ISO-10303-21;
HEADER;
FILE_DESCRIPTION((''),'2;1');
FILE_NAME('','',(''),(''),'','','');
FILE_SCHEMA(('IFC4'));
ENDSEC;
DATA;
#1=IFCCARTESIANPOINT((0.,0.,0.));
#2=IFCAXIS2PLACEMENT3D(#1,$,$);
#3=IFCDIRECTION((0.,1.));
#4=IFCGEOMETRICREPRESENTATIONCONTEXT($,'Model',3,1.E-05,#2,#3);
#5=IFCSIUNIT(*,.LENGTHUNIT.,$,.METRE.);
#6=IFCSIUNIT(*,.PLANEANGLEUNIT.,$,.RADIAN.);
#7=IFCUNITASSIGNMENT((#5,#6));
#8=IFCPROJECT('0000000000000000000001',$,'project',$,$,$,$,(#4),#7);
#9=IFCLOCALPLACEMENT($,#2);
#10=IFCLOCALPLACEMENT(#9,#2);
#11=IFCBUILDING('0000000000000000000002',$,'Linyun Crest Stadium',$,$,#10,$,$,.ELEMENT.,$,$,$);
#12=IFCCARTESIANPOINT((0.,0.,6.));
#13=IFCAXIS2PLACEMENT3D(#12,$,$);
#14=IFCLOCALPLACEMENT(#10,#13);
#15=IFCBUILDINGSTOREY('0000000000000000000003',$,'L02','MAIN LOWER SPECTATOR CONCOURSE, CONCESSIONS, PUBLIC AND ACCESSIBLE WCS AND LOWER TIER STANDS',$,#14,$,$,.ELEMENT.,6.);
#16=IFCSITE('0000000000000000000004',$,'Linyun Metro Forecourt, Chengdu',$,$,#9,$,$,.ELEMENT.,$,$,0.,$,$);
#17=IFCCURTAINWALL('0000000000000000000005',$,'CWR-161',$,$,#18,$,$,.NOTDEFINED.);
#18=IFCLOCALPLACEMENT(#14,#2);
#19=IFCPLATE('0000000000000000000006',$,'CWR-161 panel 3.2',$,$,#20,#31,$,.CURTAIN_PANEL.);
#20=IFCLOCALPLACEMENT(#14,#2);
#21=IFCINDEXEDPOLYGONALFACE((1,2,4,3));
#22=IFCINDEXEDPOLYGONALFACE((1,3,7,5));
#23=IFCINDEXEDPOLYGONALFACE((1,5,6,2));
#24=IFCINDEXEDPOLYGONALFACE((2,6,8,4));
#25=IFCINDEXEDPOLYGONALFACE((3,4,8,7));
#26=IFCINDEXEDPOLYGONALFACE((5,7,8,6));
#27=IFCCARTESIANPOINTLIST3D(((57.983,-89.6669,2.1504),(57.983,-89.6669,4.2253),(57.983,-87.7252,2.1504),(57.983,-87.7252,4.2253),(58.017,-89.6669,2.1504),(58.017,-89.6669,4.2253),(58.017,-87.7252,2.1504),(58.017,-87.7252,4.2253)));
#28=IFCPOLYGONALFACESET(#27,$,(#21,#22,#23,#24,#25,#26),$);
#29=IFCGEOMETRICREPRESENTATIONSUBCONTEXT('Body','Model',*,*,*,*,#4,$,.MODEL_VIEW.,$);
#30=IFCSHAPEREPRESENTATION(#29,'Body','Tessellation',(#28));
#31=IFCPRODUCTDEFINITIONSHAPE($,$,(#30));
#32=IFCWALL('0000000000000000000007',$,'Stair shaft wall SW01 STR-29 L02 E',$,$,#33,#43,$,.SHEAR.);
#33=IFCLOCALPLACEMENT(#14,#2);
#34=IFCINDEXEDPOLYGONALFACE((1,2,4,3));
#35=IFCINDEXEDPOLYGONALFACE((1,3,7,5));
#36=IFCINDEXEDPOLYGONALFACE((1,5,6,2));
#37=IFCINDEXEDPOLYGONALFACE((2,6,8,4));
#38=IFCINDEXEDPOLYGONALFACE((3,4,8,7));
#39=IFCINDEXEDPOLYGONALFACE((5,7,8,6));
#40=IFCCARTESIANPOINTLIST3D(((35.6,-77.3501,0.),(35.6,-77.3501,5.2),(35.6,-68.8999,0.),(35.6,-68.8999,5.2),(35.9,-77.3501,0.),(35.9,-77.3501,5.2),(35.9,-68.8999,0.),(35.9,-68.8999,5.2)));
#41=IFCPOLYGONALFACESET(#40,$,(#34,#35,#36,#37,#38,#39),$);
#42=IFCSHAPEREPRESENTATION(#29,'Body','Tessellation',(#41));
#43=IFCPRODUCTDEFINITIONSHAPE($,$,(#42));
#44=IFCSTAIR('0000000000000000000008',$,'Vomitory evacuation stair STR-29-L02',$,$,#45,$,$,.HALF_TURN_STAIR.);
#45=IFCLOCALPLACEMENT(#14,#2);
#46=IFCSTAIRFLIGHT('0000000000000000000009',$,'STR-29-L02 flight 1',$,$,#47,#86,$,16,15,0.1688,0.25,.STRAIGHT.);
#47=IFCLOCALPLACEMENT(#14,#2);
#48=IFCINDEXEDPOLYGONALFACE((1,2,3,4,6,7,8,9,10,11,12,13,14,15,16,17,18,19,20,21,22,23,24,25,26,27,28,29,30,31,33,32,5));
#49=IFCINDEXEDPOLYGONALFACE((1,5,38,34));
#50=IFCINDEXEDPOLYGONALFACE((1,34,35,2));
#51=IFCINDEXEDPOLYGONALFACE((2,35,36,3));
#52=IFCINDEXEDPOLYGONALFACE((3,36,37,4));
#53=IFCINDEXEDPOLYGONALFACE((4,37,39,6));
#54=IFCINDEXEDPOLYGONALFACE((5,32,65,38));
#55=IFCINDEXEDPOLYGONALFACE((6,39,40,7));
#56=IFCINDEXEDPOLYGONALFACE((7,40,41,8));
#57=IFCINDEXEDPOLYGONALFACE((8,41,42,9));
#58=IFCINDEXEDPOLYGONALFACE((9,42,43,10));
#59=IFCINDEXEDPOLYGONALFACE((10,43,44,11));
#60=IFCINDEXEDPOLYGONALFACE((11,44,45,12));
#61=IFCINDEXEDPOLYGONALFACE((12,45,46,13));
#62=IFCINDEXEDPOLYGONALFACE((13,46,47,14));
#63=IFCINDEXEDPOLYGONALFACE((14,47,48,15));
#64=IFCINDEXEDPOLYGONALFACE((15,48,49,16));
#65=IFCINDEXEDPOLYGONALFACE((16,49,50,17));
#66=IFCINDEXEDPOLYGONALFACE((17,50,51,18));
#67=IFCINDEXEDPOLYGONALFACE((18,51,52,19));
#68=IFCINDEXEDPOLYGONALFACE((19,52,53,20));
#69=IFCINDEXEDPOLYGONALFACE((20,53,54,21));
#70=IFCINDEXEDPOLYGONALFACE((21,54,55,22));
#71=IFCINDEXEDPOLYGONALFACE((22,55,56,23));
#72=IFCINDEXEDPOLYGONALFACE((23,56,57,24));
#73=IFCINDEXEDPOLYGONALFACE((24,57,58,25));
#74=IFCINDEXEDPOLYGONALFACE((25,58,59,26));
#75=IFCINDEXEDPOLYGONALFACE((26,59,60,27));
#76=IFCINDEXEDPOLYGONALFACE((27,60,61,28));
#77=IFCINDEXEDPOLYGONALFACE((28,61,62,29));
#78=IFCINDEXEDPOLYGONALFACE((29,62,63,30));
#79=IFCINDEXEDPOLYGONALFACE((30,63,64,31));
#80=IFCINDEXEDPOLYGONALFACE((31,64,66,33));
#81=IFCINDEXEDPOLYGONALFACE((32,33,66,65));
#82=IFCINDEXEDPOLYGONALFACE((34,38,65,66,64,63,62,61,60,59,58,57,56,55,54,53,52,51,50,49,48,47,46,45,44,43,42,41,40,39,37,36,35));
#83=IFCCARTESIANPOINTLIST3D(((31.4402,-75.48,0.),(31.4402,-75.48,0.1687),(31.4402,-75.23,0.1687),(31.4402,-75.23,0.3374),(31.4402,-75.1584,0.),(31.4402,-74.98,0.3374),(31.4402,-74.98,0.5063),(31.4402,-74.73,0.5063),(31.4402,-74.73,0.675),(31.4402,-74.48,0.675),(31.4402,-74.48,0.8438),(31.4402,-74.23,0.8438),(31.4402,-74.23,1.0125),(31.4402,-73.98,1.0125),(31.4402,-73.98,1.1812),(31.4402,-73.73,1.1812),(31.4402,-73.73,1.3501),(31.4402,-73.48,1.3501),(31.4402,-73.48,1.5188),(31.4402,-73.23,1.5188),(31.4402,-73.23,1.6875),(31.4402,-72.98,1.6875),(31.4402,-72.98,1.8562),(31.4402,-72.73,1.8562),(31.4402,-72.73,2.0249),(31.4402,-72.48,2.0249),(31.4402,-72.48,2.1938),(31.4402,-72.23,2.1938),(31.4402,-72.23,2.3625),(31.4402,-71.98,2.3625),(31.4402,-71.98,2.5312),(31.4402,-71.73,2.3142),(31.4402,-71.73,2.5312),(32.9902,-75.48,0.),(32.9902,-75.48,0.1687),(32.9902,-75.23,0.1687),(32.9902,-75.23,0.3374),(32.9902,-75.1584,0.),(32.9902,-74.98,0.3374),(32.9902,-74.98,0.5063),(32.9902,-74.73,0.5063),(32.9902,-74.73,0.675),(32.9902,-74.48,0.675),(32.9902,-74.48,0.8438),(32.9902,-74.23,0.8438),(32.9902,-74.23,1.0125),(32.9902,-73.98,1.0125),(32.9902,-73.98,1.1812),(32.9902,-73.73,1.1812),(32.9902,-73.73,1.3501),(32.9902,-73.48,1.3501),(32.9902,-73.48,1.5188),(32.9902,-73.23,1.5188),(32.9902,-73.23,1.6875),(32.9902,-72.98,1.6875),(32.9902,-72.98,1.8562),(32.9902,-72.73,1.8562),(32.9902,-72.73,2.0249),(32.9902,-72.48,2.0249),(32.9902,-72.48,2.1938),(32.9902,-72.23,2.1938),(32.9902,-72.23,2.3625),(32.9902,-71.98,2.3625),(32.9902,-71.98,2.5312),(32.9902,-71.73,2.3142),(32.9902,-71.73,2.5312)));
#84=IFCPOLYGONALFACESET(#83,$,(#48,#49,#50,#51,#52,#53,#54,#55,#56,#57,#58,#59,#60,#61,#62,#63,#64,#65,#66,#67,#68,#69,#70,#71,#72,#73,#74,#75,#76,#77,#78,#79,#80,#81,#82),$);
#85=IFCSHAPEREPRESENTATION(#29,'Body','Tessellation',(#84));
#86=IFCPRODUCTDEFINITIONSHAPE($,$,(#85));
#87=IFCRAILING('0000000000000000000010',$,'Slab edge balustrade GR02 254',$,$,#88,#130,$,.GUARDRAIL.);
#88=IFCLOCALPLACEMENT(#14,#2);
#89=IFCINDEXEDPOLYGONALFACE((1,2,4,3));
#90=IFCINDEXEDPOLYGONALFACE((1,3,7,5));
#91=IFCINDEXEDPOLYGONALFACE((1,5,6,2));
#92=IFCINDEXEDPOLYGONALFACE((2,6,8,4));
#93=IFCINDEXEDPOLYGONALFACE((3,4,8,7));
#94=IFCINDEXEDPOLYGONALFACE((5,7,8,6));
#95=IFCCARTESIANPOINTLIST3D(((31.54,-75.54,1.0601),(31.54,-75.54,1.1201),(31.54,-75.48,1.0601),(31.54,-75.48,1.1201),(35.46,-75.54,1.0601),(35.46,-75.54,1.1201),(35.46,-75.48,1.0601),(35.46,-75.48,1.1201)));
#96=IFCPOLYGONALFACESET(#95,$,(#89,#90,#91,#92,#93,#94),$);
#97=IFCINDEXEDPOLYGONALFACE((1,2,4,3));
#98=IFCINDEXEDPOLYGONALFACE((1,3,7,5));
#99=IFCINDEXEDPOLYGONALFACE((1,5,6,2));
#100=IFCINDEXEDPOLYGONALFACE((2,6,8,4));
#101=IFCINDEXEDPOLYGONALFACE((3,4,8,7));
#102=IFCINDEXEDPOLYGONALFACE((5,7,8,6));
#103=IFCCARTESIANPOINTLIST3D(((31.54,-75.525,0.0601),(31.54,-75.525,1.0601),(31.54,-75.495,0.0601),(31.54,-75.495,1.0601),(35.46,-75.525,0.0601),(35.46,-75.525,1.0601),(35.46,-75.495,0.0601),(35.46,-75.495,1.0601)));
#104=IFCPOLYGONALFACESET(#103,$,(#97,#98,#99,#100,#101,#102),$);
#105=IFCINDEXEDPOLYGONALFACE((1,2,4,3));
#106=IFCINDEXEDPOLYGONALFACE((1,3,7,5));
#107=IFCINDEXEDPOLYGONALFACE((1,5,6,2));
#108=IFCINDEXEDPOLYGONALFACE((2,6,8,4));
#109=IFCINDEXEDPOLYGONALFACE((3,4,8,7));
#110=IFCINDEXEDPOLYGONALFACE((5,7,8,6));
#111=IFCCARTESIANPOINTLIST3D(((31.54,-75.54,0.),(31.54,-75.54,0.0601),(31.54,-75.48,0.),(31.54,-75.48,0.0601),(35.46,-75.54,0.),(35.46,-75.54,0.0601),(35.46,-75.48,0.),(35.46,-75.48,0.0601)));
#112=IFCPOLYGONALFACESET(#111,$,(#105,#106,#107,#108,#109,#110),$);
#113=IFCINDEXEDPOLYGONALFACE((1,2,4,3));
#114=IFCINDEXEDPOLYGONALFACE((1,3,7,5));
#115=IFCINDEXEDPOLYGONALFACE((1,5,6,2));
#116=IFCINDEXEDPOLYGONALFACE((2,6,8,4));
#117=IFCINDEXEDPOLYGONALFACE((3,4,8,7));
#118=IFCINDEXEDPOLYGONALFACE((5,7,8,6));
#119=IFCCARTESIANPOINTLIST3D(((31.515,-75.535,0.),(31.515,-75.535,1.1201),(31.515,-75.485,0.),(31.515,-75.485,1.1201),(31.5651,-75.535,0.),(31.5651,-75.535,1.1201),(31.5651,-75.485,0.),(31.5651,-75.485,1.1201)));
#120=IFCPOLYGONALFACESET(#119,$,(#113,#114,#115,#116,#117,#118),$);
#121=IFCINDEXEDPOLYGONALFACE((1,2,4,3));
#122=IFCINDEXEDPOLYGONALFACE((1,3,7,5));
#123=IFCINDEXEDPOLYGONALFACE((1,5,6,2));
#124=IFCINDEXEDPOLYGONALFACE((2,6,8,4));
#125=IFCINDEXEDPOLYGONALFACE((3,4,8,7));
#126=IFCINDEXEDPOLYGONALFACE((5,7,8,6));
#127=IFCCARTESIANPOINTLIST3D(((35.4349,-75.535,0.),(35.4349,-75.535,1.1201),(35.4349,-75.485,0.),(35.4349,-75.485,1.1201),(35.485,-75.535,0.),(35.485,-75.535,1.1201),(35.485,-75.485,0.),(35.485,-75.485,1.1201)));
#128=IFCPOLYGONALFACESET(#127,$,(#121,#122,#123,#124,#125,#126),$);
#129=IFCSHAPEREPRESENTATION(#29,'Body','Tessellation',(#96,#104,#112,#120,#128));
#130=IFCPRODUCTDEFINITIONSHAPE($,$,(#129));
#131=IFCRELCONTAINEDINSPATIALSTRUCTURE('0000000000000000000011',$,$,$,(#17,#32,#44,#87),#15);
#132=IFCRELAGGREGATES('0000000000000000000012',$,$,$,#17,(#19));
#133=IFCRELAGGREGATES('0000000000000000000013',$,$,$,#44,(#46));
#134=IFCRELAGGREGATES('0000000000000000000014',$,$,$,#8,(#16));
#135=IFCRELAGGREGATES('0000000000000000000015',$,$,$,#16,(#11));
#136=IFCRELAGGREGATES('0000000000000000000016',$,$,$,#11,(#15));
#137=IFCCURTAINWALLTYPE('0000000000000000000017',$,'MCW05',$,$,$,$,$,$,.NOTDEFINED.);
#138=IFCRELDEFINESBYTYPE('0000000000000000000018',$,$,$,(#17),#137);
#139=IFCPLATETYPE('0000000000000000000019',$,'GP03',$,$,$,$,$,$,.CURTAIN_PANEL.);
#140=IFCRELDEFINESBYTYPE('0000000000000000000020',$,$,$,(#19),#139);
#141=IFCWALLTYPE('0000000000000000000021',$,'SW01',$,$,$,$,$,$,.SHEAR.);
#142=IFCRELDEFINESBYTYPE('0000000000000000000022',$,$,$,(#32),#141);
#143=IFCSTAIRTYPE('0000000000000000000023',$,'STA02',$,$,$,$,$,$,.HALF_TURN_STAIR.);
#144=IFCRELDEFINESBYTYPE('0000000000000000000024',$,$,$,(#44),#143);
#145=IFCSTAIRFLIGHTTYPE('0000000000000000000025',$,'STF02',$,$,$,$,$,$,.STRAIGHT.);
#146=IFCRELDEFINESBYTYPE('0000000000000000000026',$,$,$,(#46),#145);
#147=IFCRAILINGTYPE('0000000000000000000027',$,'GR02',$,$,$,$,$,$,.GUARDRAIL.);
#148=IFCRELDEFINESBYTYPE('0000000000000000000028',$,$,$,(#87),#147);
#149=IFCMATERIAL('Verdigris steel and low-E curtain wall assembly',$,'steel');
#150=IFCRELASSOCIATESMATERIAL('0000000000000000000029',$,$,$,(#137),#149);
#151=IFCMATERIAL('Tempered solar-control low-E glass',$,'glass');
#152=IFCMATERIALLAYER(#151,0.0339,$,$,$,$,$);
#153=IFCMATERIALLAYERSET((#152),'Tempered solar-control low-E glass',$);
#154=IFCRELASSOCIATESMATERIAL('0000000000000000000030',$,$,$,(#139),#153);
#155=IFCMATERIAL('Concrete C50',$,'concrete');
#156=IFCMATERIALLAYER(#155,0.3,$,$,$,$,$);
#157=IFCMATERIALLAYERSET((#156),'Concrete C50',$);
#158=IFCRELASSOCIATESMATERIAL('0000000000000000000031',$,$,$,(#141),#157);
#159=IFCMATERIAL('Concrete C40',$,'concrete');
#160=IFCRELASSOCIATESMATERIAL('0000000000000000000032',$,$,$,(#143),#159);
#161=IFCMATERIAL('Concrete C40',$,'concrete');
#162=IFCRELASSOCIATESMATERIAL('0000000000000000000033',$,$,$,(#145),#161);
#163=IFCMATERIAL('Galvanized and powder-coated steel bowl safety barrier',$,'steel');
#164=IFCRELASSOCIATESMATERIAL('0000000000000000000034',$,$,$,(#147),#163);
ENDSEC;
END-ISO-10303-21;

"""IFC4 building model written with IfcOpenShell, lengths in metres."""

from ifc_helpers import new_model, si_unit, direction, frame, frame_2d, origin, origin_2d, place, context, subcontext, project, spatial, polyline, rectangle, outline, extrude, material, layer, layer_set, type_object, element, aggregate, save


model = new_model("IFC4")

# Units and contexts
model_context = context("Model", 3, precision=1e-05, world=origin(), true_north=direction((0.0, 1.0)))
body_context = subcontext(model_context, "Body", "Model", "MODEL_VIEW")
ifc_project = project(units=[si_unit("LENGTHUNIT", "METRE"), si_unit("PLANEANGLEUNIT", "RADIAN")], contexts=[model_context])

# Site, building, storey
site_placement = place(None, origin())
site = spatial("IfcSite", under=ifc_project, at=site_placement, Name="Linyun Metro Forecourt, Chengdu", CompositionType="ELEMENT", RefElevation=0.0)
building_placement = place(site_placement, origin())
building = spatial("IfcBuilding", under=site, at=building_placement, Name="Linyun Crest Stadium", CompositionType="ELEMENT")
storey_placement = place(building_placement, frame((0.0, 0.0, 6.0)))
storey = spatial("IfcBuildingStorey", under=building, at=storey_placement, Name="L02", Description="MAIN LOWER SPECTATOR CONCOURSE, CONCESSIONS, PUBLIC AND ACCESSIBLE WCS AND LOWER TIER STANDS", CompositionType="ELEMENT", Elevation=6.0)

# Curtain wall, plate
ifc_material_1 = material(Name="Verdigris steel and low-E curtain wall assembly", Category="steel")
curtain_wall_type = type_object("IfcCurtainWallType", Name="MCW05", PredefinedType="NOTDEFINED", material=ifc_material_1)
curtain_wall_placement = place(storey_placement, origin())
curtain_wall = element("IfcCurtainWall", 1, at=curtain_wall_placement, inside=storey, type_object=curtain_wall_type, Name="CWR-161", PredefinedType="NOTDEFINED")
ifc_material_2 = material(Name="Tempered solar-control low-E glass", Category="glass")
ifc_layer_1 = layer(ifc_material_2, 0.0339)
ifc_layer_set_1 = layer_set([ifc_layer_1], Name="Tempered solar-control low-E glass")
plate_type = type_object("IfcPlateType", Name="GP03", PredefinedType="CURTAIN_PANEL", material=ifc_layer_set_1)
plate_1_placement = place(storey_placement, frame((58.0, -88.696, 2.1504), z_axis=(0.0, 0.0, 1.0), x_axis=(0.0, 1.0, 0.0)))
plate_1 = element("IfcPlate", 2, at=plate_1_placement, type_object=plate_type, Name="CWR-161 panel 3.2", PredefinedType="CURTAIN_PANEL", context=body_context, shape_type="SweptSolid", body=[
    extrude(rectangle(XDim=1.9417, YDim=0.0339, at=origin_2d()), origin(), (0.0, 0.0, 1.0), 2.075),
])
aggregate(curtain_wall, [plate_1])

# Wall
ifc_material_3 = material(Name="Concrete C50", Category="concrete")
ifc_layer_2 = layer(ifc_material_3, 0.3)
ifc_layer_set_2 = layer_set([ifc_layer_2], Name="Concrete C50")
wall_type = type_object("IfcWallType", Name="SW01", PredefinedType="SHEAR", material=ifc_layer_set_2)
wall_placement = place(storey_placement, frame((35.75, -77.3501, 0.0), z_axis=(0.0, 0.0, 1.0), x_axis=(0.0, 1.0, 0.0)))
element("IfcWall", 3, at=wall_placement, inside=storey, type_object=wall_type, Name="Stair shaft wall SW01 STR-29 L02 E", PredefinedType="SHEAR", context=body_context, shape_type="SweptSolid", body=[
    extrude(rectangle(XDim=8.4502, YDim=0.3, at=frame_2d((4.2251, 0.0))), origin(), (0.0, 0.0, 1.0), 5.2),
])

# Stair, stair flight
ifc_material_4 = material(Name="Concrete C40", Category="concrete")
stair_type = type_object("IfcStairType", Name="STA02", PredefinedType="HALF_TURN_STAIR", material=ifc_material_4)
stair_placement = place(storey_placement, origin())
stair = element("IfcStair", 4, at=stair_placement, inside=storey, type_object=stair_type, Name="Vomitory evacuation stair STR-29-L02", PredefinedType="HALF_TURN_STAIR")
ifc_material_5 = material(Name="Concrete C40", Category="concrete")
stair_flight_type = type_object("IfcStairFlightType", Name="STF02", PredefinedType="STRAIGHT", material=ifc_material_5)
stair_flight_placement = place(storey_placement, frame((32.2151, -75.48, 0.0), z_axis=(0.0, 0.0, 1.0), x_axis=(0.0, 1.0, 0.0)))
stair_flight = element("IfcStairFlight", 5, at=stair_flight_placement, type_object=stair_flight_type, Name="STR-29-L02 flight 1", NumberOfRisers=16, NumberOfTreads=15, PredefinedType="STRAIGHT", RiserHeight=0.1688, TreadLength=0.25, context=body_context, shape_type="SweptSolid", body=[
    extrude(outline(polyline([(0.0, 0.0), (0.0, 0.1687), (0.25, 0.1687), (0.25, 0.3374), (0.5, 0.3374), (0.5, 0.5063), (0.75, 0.5063), (0.75, 0.675), (1.0, 0.675), (1.0, 0.8438), (1.25, 0.8438), (1.25, 1.0125), (1.5, 1.0125), (1.5, 1.1812), (1.75, 1.1812), (1.75, 1.3501), (2.0, 1.3501), (2.0, 1.5188), (2.25, 1.5188), (2.25, 1.6875), (2.5, 1.6875), (2.5, 1.8562), (2.75, 1.8562), (2.75, 2.0249), (3.0, 2.0249), (3.0, 2.1938), (3.25, 2.1938), (3.25, 2.3625), (3.5, 2.3625), (3.5, 2.5312), (3.75, 2.5312), (3.75, 2.7), (3.75, 2.3142), (0.3215, 0.0), (0.0, 0.0)])), frame((0.0, 0.7749, 0.0), z_axis=(0.0, -1.0, 0.0), x_axis=(1.0, 0.0, 0.0)), (0.0, 0.0, 1.0), 1.55),
])
aggregate(stair, [stair_flight])

# Railing
ifc_material_6 = material(Name="Galvanized and powder-coated steel bowl safety barrier", Category="steel")
railing_type_1 = type_object("IfcRailingType", Name="GR02", PredefinedType="GUARDRAIL", material=ifc_material_6)
railing_1_placement = place(storey_placement, frame((31.54, -75.51, 0.0)))
element("IfcRailing", 6, at=railing_1_placement, inside=storey, type_object=railing_type_1, Name="Slab edge balustrade GR02 254", PredefinedType="GUARDRAIL", context=body_context, shape_type="SweptSolid", body=[
    extrude(rectangle(XDim=0.0601, YDim=0.0601, at=origin_2d()), frame((0.0, 0.0, 1.0901), z_axis=(1.0, 0.0, 0.0), x_axis=(0.0, 1.0, 0.0)), (0.0, 0.0, 1.0), 3.9199),
    extrude(rectangle(XDim=0.03, YDim=1.0, at=origin_2d()), frame((0.0, 0.0, 0.5601), z_axis=(1.0, 0.0, 0.0), x_axis=(0.0, 1.0, 0.0)), (0.0, 0.0, 1.0), 3.9199),
    extrude(rectangle(XDim=0.0601, YDim=0.0601, at=origin_2d()), frame((0.0, 0.0, 0.03), z_axis=(1.0, 0.0, 0.0), x_axis=(0.0, 1.0, 0.0)), (0.0, 0.0, 1.0), 3.9199),
    extrude(rectangle(XDim=0.05, YDim=0.05, at=origin_2d()), origin(), (0.0, 0.0, 1.0), 1.1201),
    extrude(rectangle(XDim=0.05, YDim=0.05, at=origin_2d()), frame((3.9199, 0.0, 0.0)), (0.0, 0.0, 1.0), 1.1201),
])

save(model, "model.ifc")
